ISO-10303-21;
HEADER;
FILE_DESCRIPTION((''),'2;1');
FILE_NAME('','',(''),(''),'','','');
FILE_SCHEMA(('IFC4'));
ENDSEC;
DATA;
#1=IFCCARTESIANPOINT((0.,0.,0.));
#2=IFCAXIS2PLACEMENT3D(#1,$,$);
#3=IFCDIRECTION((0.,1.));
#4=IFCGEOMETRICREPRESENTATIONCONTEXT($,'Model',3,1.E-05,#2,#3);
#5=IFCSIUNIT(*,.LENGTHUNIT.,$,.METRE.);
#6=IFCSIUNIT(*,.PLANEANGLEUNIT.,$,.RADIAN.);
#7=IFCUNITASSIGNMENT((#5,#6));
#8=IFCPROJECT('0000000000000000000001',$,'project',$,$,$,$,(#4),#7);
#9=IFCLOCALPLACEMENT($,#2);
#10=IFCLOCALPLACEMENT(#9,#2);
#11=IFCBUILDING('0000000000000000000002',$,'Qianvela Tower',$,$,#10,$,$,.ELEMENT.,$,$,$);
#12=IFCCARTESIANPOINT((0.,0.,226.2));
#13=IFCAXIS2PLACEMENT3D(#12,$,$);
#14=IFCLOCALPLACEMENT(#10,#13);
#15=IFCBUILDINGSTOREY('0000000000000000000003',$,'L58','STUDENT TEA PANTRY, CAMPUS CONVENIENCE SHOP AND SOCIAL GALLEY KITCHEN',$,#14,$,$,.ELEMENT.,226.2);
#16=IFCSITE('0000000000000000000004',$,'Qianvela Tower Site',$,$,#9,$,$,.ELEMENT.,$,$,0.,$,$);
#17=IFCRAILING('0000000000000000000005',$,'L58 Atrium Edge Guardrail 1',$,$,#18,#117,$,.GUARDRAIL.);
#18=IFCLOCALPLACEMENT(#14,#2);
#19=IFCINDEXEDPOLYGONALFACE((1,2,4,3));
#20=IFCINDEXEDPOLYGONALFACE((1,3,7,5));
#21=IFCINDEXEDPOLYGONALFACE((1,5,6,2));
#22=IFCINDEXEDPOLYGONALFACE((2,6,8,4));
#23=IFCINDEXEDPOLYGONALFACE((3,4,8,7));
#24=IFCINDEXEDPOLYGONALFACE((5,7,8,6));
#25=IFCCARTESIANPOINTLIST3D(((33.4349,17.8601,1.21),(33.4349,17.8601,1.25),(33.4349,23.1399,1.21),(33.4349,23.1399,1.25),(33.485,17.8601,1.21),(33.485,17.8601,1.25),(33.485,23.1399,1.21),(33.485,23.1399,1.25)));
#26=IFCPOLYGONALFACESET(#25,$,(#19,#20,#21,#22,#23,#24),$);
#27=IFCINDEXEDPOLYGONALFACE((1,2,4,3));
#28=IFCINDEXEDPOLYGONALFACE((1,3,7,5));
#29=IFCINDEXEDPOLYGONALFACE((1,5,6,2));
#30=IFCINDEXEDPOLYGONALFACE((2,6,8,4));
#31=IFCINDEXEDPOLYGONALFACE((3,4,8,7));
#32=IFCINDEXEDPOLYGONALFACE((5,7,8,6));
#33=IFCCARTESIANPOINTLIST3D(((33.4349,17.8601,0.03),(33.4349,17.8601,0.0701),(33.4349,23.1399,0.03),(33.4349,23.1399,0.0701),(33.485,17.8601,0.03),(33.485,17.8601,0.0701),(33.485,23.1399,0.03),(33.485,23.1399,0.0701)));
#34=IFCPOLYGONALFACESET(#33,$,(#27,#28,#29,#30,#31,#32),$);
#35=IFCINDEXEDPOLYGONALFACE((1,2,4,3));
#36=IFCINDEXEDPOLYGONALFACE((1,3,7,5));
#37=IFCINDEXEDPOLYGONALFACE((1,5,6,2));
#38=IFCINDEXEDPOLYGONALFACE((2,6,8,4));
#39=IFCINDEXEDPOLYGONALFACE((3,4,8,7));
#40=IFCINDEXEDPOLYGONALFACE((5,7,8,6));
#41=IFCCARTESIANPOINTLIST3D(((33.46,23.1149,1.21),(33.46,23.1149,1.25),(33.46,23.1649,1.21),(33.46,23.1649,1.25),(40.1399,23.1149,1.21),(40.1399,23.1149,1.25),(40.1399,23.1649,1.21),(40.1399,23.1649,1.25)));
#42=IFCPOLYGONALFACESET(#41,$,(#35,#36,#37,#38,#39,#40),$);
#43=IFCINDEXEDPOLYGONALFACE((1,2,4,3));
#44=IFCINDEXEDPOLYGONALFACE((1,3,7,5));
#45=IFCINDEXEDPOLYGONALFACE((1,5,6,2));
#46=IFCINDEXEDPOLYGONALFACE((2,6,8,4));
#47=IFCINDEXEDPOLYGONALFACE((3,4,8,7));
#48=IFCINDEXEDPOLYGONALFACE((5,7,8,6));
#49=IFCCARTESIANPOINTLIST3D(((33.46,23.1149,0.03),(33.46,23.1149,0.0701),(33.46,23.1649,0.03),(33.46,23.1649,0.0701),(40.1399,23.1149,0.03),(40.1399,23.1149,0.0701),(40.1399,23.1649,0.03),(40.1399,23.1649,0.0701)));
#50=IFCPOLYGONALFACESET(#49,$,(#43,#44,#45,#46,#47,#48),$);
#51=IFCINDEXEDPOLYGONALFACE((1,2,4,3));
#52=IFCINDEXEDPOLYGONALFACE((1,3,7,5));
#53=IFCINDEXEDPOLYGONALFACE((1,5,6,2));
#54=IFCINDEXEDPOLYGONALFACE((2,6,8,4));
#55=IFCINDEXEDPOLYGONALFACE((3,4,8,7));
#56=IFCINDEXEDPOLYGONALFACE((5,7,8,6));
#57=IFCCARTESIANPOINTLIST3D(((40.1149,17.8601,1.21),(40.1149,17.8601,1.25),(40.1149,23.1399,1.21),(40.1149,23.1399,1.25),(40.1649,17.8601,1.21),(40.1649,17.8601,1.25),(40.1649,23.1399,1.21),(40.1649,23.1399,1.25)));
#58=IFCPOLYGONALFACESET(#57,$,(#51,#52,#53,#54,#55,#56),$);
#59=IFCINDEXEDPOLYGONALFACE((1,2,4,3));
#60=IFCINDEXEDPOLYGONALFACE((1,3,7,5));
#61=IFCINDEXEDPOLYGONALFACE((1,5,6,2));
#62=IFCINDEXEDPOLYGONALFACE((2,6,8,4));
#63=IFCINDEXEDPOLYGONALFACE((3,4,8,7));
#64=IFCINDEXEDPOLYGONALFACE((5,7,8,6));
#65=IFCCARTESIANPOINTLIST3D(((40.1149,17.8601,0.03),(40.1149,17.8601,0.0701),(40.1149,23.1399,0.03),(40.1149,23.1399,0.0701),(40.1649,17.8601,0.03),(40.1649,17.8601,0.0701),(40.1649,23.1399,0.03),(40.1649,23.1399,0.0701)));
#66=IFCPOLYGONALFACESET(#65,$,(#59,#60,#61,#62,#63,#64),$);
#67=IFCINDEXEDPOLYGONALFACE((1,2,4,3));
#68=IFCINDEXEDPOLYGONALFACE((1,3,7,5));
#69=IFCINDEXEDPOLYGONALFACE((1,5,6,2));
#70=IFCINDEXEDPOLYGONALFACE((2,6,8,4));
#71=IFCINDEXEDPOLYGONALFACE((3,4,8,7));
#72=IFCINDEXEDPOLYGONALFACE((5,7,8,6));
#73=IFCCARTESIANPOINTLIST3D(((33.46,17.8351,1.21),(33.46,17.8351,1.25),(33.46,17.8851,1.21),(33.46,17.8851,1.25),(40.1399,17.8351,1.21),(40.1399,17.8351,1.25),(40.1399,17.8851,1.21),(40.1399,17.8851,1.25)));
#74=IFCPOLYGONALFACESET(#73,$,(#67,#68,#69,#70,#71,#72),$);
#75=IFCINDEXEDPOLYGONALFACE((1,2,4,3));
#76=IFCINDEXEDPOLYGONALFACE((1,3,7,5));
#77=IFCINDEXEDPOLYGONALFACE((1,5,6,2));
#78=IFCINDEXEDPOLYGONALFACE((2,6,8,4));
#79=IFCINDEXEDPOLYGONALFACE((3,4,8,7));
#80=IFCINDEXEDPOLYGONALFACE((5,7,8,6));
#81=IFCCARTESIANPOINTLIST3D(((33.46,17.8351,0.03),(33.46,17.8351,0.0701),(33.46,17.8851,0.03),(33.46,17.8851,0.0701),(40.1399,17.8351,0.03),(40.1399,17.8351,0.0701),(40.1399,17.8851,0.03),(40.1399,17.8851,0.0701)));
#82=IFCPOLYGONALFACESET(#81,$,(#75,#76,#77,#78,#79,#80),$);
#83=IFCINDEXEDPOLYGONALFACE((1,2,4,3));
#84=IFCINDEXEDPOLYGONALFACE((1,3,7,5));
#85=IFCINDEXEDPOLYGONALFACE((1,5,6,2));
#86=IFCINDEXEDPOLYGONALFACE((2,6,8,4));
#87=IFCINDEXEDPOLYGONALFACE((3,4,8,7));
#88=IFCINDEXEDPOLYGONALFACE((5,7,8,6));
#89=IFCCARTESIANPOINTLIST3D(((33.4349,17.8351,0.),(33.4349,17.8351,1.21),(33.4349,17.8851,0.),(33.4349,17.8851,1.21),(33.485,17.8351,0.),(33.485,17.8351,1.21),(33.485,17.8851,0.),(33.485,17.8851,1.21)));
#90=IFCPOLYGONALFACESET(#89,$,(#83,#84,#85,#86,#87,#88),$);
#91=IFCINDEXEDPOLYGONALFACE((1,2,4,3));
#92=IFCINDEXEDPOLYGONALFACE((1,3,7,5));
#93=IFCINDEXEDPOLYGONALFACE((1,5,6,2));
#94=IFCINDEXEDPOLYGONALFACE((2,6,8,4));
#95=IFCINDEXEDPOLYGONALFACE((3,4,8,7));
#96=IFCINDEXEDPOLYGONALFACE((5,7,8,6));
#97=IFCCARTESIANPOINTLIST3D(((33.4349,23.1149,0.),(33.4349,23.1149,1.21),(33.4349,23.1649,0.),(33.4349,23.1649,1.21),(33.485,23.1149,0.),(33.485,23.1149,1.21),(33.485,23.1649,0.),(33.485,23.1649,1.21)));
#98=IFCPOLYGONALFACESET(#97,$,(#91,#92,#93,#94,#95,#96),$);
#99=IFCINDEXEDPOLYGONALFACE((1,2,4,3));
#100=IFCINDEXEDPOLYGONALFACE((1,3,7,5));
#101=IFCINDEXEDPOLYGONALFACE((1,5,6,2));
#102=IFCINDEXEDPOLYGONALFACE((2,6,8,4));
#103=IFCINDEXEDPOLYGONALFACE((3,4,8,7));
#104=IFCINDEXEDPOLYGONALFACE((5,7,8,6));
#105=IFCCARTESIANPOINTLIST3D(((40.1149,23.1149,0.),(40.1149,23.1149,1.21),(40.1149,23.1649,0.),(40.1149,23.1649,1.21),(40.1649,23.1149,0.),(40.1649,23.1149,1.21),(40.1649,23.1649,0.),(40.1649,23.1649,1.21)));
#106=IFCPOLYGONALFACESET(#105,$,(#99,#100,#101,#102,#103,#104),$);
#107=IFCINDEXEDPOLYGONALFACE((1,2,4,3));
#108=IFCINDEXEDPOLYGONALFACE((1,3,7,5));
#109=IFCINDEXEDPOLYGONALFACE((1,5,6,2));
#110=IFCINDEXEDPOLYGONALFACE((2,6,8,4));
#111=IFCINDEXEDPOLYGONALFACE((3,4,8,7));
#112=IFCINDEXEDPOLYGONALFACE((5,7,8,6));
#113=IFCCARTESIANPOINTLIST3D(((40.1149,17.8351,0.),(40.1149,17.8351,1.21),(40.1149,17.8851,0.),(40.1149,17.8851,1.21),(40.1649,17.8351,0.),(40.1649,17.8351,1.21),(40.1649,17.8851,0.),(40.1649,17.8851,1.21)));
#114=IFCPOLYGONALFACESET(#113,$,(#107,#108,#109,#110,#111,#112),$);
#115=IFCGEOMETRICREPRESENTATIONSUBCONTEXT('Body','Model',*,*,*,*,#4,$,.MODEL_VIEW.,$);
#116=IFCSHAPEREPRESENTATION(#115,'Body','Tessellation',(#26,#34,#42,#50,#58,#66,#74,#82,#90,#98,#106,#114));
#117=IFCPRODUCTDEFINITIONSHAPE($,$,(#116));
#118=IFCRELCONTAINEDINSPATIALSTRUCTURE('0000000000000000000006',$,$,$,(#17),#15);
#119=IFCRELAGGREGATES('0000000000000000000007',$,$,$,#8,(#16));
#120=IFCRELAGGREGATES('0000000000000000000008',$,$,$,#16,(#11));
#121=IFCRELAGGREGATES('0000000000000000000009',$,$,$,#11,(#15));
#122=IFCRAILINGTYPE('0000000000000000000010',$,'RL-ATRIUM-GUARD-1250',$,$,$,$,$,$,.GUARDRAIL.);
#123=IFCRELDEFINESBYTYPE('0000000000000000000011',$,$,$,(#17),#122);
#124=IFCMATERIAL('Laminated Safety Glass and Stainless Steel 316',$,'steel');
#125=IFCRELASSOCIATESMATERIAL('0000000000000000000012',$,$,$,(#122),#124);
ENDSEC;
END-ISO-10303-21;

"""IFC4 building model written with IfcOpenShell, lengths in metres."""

from ifc_helpers import new_model, si_unit, direction, frame, origin, origin_2d, place, context, subcontext, project, spatial, rectangle, extrude, material, type_object, element, save


model = new_model("IFC4")

# Units and contexts
model_context = context("Model", 3, precision=1e-05, world=origin(), true_north=direction((0.0, 1.0)))
body_context = subcontext(model_context, "Body", "Model", "MODEL_VIEW")
ifc_project = project(units=[si_unit("LENGTHUNIT", "METRE"), si_unit("PLANEANGLEUNIT", "RADIAN")], contexts=[model_context])

# Site, building, storey
site_placement = place(None, origin())
site = spatial("IfcSite", under=ifc_project, at=site_placement, Name="Qianvela Tower Site", CompositionType="ELEMENT", RefElevation=0.0)
building_placement = place(site_placement, origin())
building = spatial("IfcBuilding", under=site, at=building_placement, Name="Qianvela Tower", CompositionType="ELEMENT")
storey_placement = place(building_placement, frame((0.0, 0.0, 226.2)))
storey = spatial("IfcBuildingStorey", under=building, at=storey_placement, Name="L58", Description="STUDENT TEA PANTRY, CAMPUS CONVENIENCE SHOP AND SOCIAL GALLEY KITCHEN", CompositionType="ELEMENT", Elevation=226.2)

# Railing
ifc_material_1 = material(Name="Laminated Safety Glass and Stainless Steel 316", Category="steel")
railing_type = type_object("IfcRailingType", Name="RL-ATRIUM-GUARD-1250", PredefinedType="GUARDRAIL", material=ifc_material_1)
railing_placement = place(storey_placement, frame((33.46, 17.8601, 0.0)))
element("IfcRailing", 1, at=railing_placement, inside=storey, type_object=railing_type, Name="L58 Atrium Edge Guardrail 1", PredefinedType="GUARDRAIL", context=body_context, shape_type="SweptSolid", body=[
    extrude(rectangle(XDim=0.05, YDim=0.04, at=origin_2d()), frame((0.0, 0.0, 1.23), z_axis=(0.0, 1.0, 0.0), x_axis=(-1.0, 0.0, 0.0)), (0.0, 0.0, 1.0), 5.2798),
    extrude(rectangle(XDim=0.05, YDim=0.04, at=origin_2d()), frame((0.0, 0.0, 0.05), z_axis=(0.0, 1.0, 0.0), x_axis=(-1.0, 0.0, 0.0)), (0.0, 0.0, 1.0), 5.2798),
    extrude(rectangle(XDim=0.05, YDim=0.04, at=origin_2d()), frame((0.0, 5.2798, 1.23), z_axis=(1.0, 0.0, 0.0), x_axis=(0.0, 1.0, 0.0)), (0.0, 0.0, 1.0), 6.6799),
    extrude(rectangle(XDim=0.05, YDim=0.04, at=origin_2d()), frame((0.0, 5.2798, 0.05), z_axis=(1.0, 0.0, 0.0), x_axis=(0.0, 1.0, 0.0)), (0.0, 0.0, 1.0), 6.6799),
    extrude(rectangle(XDim=0.05, YDim=0.04, at=origin_2d()), frame((6.6799, 5.2798, 1.23), z_axis=(0.0, -1.0, 0.0), x_axis=(1.0, 0.0, 0.0)), (0.0, 0.0, 1.0), 5.2798),
    extrude(rectangle(XDim=0.05, YDim=0.04, at=origin_2d()), frame((6.6799, 5.2798, 0.05), z_axis=(0.0, -1.0, 0.0), x_axis=(1.0, 0.0, 0.0)), (0.0, 0.0, 1.0), 5.2798),
    extrude(rectangle(XDim=0.05, YDim=0.04, at=origin_2d()), frame((6.6799, 0.0, 1.23), z_axis=(-1.0, 0.0, 0.0), x_axis=(0.0, -1.0, 0.0)), (0.0, 0.0, 1.0), 6.6799),
    extrude(rectangle(XDim=0.05, YDim=0.04, at=origin_2d()), frame((6.6799, 0.0, 0.05), z_axis=(-1.0, 0.0, 0.0), x_axis=(0.0, -1.0, 0.0)), (0.0, 0.0, 1.0), 6.6799),
    extrude(rectangle(XDim=0.05, YDim=0.05, at=origin_2d()), origin(), (0.0, 0.0, 1.0), 1.21),
    extrude(rectangle(XDim=0.05, YDim=0.05, at=origin_2d()), frame((0.0, 5.2798, 0.0)), (0.0, 0.0, 1.0), 1.21),
    extrude(rectangle(XDim=0.05, YDim=0.05, at=origin_2d()), frame((6.6799, 5.2798, 0.0)), (0.0, 0.0, 1.0), 1.21),
    extrude(rectangle(XDim=0.05, YDim=0.05, at=origin_2d()), frame((6.6799, 0.0, 0.0)), (0.0, 0.0, 1.0), 1.21),
])

save(model, "model.ifc")
